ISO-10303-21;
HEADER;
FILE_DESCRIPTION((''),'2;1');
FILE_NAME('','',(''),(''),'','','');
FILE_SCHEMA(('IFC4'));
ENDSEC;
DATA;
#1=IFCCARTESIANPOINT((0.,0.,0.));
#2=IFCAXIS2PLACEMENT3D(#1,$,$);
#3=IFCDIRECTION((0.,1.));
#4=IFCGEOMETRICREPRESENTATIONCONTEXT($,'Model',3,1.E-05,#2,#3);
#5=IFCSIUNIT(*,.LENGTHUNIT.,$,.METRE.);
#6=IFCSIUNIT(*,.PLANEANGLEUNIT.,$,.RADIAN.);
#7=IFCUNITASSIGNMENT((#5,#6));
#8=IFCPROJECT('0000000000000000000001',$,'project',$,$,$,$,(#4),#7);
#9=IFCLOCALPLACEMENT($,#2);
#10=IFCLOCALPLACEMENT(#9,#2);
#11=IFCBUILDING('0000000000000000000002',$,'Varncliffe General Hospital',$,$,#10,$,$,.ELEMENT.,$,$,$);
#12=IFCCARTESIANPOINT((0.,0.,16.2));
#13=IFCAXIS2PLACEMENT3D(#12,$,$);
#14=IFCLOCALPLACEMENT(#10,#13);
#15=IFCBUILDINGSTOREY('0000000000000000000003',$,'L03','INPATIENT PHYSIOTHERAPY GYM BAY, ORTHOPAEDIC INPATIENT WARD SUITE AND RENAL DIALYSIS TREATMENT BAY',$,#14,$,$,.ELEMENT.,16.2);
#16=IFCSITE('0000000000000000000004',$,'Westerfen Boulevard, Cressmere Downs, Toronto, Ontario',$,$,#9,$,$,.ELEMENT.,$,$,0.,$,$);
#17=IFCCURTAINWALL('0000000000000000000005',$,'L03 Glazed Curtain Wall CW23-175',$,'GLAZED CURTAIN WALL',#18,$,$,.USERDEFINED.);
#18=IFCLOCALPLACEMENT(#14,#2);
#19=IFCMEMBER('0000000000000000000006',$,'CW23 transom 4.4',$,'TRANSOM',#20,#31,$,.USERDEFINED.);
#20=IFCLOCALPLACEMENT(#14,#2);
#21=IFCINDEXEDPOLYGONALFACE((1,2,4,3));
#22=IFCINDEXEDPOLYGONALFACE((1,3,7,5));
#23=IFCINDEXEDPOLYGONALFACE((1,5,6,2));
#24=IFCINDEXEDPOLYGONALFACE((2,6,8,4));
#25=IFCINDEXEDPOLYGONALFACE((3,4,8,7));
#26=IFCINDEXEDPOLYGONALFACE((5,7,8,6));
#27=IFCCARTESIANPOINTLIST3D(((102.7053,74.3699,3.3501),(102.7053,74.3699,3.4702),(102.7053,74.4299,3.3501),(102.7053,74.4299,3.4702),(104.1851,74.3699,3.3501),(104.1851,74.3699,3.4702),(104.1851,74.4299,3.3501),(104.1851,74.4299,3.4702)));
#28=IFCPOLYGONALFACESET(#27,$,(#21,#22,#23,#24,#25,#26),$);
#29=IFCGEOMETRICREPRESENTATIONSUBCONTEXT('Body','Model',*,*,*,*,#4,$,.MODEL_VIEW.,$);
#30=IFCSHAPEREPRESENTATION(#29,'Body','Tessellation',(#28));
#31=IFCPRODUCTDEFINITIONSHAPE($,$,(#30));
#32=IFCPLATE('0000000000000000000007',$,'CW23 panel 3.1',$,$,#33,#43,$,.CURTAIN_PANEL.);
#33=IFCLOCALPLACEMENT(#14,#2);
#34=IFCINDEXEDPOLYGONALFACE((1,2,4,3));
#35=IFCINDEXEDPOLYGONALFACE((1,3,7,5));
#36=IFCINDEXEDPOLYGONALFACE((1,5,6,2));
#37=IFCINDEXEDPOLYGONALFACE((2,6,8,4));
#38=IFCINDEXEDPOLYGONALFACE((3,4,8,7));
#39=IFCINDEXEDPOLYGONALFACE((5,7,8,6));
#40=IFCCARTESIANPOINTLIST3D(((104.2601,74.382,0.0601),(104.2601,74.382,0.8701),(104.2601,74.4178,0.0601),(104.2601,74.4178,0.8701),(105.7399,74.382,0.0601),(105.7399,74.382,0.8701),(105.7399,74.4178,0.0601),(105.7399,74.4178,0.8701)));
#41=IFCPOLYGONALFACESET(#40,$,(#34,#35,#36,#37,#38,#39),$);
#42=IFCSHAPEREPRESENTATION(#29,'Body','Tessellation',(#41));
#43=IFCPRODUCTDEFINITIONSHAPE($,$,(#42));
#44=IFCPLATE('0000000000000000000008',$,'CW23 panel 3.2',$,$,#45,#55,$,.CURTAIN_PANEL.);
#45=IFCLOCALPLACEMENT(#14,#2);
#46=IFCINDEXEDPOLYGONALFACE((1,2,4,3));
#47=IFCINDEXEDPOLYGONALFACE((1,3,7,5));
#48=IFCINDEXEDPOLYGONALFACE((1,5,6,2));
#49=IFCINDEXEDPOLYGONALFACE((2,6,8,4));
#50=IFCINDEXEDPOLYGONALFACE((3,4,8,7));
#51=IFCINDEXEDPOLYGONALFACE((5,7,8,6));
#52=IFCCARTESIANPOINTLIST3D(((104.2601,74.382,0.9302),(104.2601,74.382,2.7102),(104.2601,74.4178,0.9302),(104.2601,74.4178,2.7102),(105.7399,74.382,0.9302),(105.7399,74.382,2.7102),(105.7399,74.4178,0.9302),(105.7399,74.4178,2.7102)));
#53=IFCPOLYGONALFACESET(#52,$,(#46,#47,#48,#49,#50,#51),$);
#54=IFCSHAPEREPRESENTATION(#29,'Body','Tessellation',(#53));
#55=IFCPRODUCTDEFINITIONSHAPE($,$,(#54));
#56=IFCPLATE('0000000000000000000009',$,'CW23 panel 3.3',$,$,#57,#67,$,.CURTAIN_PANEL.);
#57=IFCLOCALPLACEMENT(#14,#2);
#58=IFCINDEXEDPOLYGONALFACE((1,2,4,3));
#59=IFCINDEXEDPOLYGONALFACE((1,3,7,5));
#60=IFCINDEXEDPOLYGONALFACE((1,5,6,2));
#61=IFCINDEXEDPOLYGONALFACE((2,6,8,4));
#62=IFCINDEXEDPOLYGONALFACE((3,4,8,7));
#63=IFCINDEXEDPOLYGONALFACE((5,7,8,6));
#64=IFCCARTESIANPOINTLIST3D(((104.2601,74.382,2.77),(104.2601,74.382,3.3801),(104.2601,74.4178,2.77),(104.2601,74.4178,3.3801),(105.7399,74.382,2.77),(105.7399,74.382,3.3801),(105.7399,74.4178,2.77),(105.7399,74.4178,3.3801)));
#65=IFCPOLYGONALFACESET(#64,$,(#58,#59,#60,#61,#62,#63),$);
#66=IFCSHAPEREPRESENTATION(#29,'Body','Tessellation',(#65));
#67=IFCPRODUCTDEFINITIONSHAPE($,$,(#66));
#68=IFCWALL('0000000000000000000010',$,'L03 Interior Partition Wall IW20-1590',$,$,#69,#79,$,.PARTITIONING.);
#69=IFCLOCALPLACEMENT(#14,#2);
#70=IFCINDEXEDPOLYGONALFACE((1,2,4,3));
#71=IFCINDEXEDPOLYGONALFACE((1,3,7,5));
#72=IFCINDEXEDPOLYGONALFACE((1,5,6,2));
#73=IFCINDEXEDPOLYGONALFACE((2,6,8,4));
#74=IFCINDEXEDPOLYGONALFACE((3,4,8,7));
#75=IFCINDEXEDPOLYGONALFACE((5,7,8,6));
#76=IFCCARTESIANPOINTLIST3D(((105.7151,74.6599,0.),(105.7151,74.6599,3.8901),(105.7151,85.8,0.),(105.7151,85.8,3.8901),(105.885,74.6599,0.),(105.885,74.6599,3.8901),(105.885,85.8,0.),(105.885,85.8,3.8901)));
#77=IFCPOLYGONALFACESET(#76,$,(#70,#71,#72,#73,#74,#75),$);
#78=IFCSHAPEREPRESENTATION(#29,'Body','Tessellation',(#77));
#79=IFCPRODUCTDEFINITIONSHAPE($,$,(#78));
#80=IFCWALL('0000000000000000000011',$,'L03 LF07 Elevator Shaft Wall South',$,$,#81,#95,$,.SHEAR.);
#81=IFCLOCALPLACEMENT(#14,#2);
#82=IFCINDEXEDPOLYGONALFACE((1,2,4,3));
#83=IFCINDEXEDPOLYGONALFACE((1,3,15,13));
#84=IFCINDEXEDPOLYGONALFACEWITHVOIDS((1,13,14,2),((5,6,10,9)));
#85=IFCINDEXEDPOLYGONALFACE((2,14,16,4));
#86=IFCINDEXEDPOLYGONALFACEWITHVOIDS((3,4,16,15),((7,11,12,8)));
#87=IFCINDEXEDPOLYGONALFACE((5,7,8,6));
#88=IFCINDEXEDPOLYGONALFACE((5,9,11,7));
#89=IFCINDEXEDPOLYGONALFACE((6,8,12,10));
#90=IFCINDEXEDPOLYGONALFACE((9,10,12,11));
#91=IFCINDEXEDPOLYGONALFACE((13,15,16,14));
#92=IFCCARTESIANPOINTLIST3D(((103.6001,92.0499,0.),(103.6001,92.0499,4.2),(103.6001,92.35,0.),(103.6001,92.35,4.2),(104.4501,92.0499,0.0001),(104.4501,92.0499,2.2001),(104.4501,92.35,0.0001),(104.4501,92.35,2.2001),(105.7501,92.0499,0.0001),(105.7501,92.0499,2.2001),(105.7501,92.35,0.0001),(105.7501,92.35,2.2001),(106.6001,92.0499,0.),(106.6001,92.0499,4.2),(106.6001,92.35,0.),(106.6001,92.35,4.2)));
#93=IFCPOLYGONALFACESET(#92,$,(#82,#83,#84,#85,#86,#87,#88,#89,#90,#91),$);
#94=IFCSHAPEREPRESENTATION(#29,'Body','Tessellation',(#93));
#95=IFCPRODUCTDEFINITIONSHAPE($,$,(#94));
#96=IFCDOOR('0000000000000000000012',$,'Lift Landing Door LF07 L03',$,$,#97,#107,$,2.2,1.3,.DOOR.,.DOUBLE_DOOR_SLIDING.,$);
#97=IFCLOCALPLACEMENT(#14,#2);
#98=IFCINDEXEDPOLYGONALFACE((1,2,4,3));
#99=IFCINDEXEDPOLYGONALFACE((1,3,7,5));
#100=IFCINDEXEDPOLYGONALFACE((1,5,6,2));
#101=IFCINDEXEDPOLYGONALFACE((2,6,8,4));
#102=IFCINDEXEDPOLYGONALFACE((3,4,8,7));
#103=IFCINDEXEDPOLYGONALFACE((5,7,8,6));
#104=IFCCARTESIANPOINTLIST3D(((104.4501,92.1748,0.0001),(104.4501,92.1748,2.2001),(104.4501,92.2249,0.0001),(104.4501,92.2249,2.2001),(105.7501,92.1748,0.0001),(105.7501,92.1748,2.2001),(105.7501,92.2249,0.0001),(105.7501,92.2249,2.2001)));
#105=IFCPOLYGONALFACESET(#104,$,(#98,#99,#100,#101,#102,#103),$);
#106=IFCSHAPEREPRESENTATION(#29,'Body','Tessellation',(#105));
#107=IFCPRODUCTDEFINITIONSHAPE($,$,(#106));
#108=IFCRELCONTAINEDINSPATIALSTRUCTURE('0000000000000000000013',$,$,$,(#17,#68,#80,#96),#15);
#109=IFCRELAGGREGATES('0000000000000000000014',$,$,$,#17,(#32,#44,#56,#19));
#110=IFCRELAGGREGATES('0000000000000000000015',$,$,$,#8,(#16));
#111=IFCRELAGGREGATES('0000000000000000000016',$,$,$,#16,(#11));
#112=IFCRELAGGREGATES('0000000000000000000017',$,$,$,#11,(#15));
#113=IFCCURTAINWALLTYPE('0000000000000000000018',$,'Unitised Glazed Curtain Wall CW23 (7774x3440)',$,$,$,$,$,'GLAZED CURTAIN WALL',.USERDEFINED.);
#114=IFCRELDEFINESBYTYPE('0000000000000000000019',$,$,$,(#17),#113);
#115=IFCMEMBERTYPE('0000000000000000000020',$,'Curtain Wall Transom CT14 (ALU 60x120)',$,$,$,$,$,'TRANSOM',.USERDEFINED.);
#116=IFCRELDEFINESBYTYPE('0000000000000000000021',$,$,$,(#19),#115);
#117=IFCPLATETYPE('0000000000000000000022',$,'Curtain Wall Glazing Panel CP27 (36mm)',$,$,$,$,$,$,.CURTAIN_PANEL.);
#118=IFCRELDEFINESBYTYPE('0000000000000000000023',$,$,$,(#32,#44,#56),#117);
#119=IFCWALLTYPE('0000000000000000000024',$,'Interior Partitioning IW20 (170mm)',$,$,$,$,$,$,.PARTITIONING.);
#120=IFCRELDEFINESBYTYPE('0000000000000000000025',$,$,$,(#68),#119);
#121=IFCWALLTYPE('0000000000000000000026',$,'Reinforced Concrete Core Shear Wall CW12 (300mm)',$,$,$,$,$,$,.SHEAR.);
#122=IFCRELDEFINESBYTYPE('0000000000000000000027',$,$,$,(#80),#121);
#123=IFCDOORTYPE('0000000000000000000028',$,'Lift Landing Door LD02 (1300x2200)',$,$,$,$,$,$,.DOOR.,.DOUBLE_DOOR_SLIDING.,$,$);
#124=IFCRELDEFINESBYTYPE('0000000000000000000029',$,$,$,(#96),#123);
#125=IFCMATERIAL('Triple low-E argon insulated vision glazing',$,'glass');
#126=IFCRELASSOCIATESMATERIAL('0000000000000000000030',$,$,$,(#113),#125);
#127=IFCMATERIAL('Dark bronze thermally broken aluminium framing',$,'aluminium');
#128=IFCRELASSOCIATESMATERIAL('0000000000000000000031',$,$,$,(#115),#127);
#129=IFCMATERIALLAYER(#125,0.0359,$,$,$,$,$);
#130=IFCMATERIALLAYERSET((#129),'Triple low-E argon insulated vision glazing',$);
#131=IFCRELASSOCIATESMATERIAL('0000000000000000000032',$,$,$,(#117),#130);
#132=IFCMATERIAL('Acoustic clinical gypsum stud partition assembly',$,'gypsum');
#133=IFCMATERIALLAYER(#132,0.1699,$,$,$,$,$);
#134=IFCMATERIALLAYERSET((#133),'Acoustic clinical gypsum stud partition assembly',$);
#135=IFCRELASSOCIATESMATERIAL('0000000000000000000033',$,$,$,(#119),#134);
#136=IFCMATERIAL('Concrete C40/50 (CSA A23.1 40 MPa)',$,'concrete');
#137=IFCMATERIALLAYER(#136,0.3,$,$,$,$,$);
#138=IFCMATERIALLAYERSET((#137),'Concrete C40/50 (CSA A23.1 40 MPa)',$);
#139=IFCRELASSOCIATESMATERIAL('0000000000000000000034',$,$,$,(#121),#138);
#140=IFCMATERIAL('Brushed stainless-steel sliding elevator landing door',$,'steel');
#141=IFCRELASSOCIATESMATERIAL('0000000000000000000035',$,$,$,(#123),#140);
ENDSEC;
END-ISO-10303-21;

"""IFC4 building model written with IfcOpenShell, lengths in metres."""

from ifc_helpers import new_model, si_unit, direction, frame, frame_2d, origin, origin_2d, place, context, subcontext, project, spatial, rectangle, extrude, material, layer, layer_set, material_profile, profile_set, type_object, element, fill, aggregate, save


model = new_model("IFC4")

# Units and contexts
model_context = context("Model", 3, precision=1e-05, world=origin(), true_north=direction((0.0, 1.0)))
body_context = subcontext(model_context, "Body", "Model", "MODEL_VIEW")
ifc_project = project(units=[si_unit("LENGTHUNIT", "METRE"), si_unit("PLANEANGLEUNIT", "RADIAN")], contexts=[model_context])

# Site, building, storey
site_placement = place(None, origin())
site = spatial("IfcSite", under=ifc_project, at=site_placement, Name="Westerfen Boulevard, Cressmere Downs, Toronto, Ontario", CompositionType="ELEMENT", RefElevation=0.0)
building_placement = place(site_placement, origin())
building = spatial("IfcBuilding", under=site, at=building_placement, Name="Varncliffe General Hospital", CompositionType="ELEMENT")
storey_placement = place(building_placement, frame((0.0, 0.0, 16.2)))
storey = spatial("IfcBuildingStorey", under=building, at=storey_placement, Name="L03", Description="INPATIENT PHYSIOTHERAPY GYM BAY, ORTHOPAEDIC INPATIENT WARD SUITE AND RENAL DIALYSIS TREATMENT BAY", CompositionType="ELEMENT", Elevation=16.2)

# Shared definitions
ifc_material_1 = material(Name="Concrete C40/50 (CSA A23.1 40 MPa)", Category="concrete")

# Curtain wall, member, plates
ifc_material_2 = material(Name="Triple low-E argon insulated vision glazing", Category="glass")
curtain_wall_type = type_object("IfcCurtainWallType", Name="Unitised Glazed Curtain Wall CW23 (7774x3440)", ElementType="GLAZED CURTAIN WALL", PredefinedType="USERDEFINED", material=ifc_material_2)
curtain_wall_placement = place(storey_placement, origin())
curtain_wall = element("IfcCurtainWall", 1, at=curtain_wall_placement, inside=storey, type_object=curtain_wall_type, Name="L03 Glazed Curtain Wall CW23-175", ObjectType="GLAZED CURTAIN WALL", PredefinedType="USERDEFINED")
ifc_material_3 = material(Name="Dark bronze thermally broken aluminium framing", Category="aluminium")
ifc_material_profile_1 = material_profile(ifc_material_3, rectangle(XDim=0.0601, YDim=0.1201, at=origin_2d()), Name="ALU 60x120")
ifc_profile_set_1 = profile_set([ifc_material_profile_1], Name="Dark bronze thermally broken aluminium framing")
member_type_1 = type_object("IfcMemberType", Name="Curtain Wall Transom CT14 (ALU 60x120)", ElementType="TRANSOM", PredefinedType="USERDEFINED", material=ifc_profile_set_1)
member_1_placement = place(storey_placement, frame((104.1851, 74.3999, 3.4102), z_axis=(-1.0, 0.0, 0.0), x_axis=(0.0, -1.0, 0.0)))
member_1 = element("IfcMember", 2, at=member_1_placement, type_object=member_type_1, Name="CW23 transom 4.4", ObjectType="TRANSOM", PredefinedType="USERDEFINED", context=body_context, shape_type="SweptSolid", body=[
    extrude(rectangle(XDim=0.0601, YDim=0.1201, at=origin_2d()), origin(), (0.0, 0.0, 1.0), 1.4797),
])
ifc_layer_1 = layer(ifc_material_2, 0.0359)
ifc_layer_set_1 = layer_set([ifc_layer_1], Name="Triple low-E argon insulated vision glazing")
plate_type = type_object("IfcPlateType", Name="Curtain Wall Glazing Panel CP27 (36mm)", PredefinedType="CURTAIN_PANEL", material=ifc_layer_set_1)
plate_1_placement = place(storey_placement, frame((105.0, 74.3999, 0.0601), z_axis=(0.0, 0.0, 1.0), x_axis=(-1.0, 0.0, 0.0)))
plate_1 = element("IfcPlate", 3, at=plate_1_placement, type_object=plate_type, Name="CW23 panel 3.1", PredefinedType="CURTAIN_PANEL", context=body_context, shape_type="SweptSolid", body=[
    extrude(rectangle(XDim=1.4797, YDim=0.0359, at=origin_2d()), origin(), (0.0, 0.0, 1.0), 0.8101),
])
plate_2_placement = place(storey_placement, frame((105.0, 74.3999, 0.9302), z_axis=(0.0, 0.0, 1.0), x_axis=(-1.0, 0.0, 0.0)))
plate_2 = element("IfcPlate", 4, at=plate_2_placement, type_object=plate_type, Name="CW23 panel 3.2", PredefinedType="CURTAIN_PANEL", context=body_context, shape_type="SweptSolid", body=[
    extrude(rectangle(XDim=1.4797, YDim=0.0359, at=origin_2d()), origin(), (0.0, 0.0, 1.0), 1.78),
])
plate_3_placement = place(storey_placement, frame((105.0, 74.3999, 2.77), z_axis=(0.0, 0.0, 1.0), x_axis=(-1.0, 0.0, 0.0)))
plate_3 = element("IfcPlate", 5, at=plate_3_placement, type_object=plate_type, Name="CW23 panel 3.3", PredefinedType="CURTAIN_PANEL", context=body_context, shape_type="SweptSolid", body=[
    extrude(rectangle(XDim=1.4797, YDim=0.0359, at=origin_2d()), origin(), (0.0, 0.0, 1.0), 0.6101),
])
aggregate(curtain_wall, [plate_1, plate_2, plate_3, member_1])

# Wall
ifc_material_4 = material(Name="Acoustic clinical gypsum stud partition assembly", Category="gypsum")
ifc_layer_2 = layer(ifc_material_4, 0.1699)
ifc_layer_set_2 = layer_set([ifc_layer_2], Name="Acoustic clinical gypsum stud partition assembly")
wall_type_1 = type_object("IfcWallType", Name="Interior Partitioning IW20 (170mm)", PredefinedType="PARTITIONING", material=ifc_layer_set_2)
wall_1_placement = place(storey_placement, frame((105.8, 74.6599, 0.0), z_axis=(0.0, 0.0, 1.0), x_axis=(0.0, 1.0, 0.0)))
element("IfcWall", 6, at=wall_1_placement, inside=storey, type_object=wall_type_1, Name="L03 Interior Partition Wall IW20-1590", PredefinedType="PARTITIONING", context=body_context, shape_type="SweptSolid", body=[
    extrude(rectangle(XDim=11.1401, YDim=0.1699, at=frame_2d((5.5701, 0.0))), origin(), (0.0, 0.0, 1.0), 3.8901),
])

# Wall, opening, door
ifc_layer_3 = layer(ifc_material_1, 0.3)
ifc_layer_set_3 = layer_set([ifc_layer_3], Name="Concrete C40/50 (CSA A23.1 40 MPa)")
wall_type_2 = type_object("IfcWallType", Name="Reinforced Concrete Core Shear Wall CW12 (300mm)", PredefinedType="SHEAR", material=ifc_layer_set_3)
wall_2_placement = place(storey_placement, frame((103.6001, 92.2, 0.0), z_axis=(0.0, 0.0, 1.0), x_axis=(1.0, 0.0, 0.0)))
wall_2 = element("IfcWall", 7, at=wall_2_placement, inside=storey, type_object=wall_type_2, Name="L03 LF07 Elevator Shaft Wall South", PredefinedType="SHEAR", context=body_context, shape_type="SweptSolid", body=[
    extrude(rectangle(XDim=3.0, YDim=0.3, at=frame_2d((1.5, 0.0))), origin(), (0.0, 0.0, 1.0), 4.2),
])
opening_placement = place(wall_2_placement, frame((0.8501, 0.0, 0.0)))
opening = element("IfcOpeningElement", 8, at=opening_placement, cuts=wall_2, PredefinedType="OPENING", context=body_context, shape_type="SweptSolid", body=[
    extrude(rectangle(XDim=1.3, YDim=2.2, at=frame_2d((0.6499, 1.1001))), frame((0.0, 0.1602, 0.0), z_axis=(0.0, -1.0, 0.0), x_axis=(1.0, 0.0, 0.0)), (0.0, 0.0, 1.0), 0.3201),
])
ifc_material_5 = material(Name="Brushed stainless-steel sliding elevator landing door", Category="steel")
door_type = type_object("IfcDoorType", Name="Lift Landing Door LD02 (1300x2200)", OperationType="DOUBLE_DOOR_SLIDING", PredefinedType="DOOR", material=ifc_material_5)
door_placement = place(opening_placement, origin())
door = element("IfcDoor", 9, at=door_placement, inside=storey, type_object=door_type, Name="Lift Landing Door LF07 L03", OperationType="DOUBLE_DOOR_SLIDING", OverallHeight=2.2, OverallWidth=1.3, PredefinedType="DOOR", context=body_context, shape_type="SweptSolid", body=[
    extrude(rectangle(XDim=1.3, YDim=2.2, at=frame_2d((0.6499, 1.1001))), frame((0.0, 0.0249, 0.0), z_axis=(0.0, -1.0, 0.0), x_axis=(1.0, 0.0, 0.0)), (0.0, 0.0, 1.0), 0.05),
])
fill(opening, door)

save(model, "model.ifc")
